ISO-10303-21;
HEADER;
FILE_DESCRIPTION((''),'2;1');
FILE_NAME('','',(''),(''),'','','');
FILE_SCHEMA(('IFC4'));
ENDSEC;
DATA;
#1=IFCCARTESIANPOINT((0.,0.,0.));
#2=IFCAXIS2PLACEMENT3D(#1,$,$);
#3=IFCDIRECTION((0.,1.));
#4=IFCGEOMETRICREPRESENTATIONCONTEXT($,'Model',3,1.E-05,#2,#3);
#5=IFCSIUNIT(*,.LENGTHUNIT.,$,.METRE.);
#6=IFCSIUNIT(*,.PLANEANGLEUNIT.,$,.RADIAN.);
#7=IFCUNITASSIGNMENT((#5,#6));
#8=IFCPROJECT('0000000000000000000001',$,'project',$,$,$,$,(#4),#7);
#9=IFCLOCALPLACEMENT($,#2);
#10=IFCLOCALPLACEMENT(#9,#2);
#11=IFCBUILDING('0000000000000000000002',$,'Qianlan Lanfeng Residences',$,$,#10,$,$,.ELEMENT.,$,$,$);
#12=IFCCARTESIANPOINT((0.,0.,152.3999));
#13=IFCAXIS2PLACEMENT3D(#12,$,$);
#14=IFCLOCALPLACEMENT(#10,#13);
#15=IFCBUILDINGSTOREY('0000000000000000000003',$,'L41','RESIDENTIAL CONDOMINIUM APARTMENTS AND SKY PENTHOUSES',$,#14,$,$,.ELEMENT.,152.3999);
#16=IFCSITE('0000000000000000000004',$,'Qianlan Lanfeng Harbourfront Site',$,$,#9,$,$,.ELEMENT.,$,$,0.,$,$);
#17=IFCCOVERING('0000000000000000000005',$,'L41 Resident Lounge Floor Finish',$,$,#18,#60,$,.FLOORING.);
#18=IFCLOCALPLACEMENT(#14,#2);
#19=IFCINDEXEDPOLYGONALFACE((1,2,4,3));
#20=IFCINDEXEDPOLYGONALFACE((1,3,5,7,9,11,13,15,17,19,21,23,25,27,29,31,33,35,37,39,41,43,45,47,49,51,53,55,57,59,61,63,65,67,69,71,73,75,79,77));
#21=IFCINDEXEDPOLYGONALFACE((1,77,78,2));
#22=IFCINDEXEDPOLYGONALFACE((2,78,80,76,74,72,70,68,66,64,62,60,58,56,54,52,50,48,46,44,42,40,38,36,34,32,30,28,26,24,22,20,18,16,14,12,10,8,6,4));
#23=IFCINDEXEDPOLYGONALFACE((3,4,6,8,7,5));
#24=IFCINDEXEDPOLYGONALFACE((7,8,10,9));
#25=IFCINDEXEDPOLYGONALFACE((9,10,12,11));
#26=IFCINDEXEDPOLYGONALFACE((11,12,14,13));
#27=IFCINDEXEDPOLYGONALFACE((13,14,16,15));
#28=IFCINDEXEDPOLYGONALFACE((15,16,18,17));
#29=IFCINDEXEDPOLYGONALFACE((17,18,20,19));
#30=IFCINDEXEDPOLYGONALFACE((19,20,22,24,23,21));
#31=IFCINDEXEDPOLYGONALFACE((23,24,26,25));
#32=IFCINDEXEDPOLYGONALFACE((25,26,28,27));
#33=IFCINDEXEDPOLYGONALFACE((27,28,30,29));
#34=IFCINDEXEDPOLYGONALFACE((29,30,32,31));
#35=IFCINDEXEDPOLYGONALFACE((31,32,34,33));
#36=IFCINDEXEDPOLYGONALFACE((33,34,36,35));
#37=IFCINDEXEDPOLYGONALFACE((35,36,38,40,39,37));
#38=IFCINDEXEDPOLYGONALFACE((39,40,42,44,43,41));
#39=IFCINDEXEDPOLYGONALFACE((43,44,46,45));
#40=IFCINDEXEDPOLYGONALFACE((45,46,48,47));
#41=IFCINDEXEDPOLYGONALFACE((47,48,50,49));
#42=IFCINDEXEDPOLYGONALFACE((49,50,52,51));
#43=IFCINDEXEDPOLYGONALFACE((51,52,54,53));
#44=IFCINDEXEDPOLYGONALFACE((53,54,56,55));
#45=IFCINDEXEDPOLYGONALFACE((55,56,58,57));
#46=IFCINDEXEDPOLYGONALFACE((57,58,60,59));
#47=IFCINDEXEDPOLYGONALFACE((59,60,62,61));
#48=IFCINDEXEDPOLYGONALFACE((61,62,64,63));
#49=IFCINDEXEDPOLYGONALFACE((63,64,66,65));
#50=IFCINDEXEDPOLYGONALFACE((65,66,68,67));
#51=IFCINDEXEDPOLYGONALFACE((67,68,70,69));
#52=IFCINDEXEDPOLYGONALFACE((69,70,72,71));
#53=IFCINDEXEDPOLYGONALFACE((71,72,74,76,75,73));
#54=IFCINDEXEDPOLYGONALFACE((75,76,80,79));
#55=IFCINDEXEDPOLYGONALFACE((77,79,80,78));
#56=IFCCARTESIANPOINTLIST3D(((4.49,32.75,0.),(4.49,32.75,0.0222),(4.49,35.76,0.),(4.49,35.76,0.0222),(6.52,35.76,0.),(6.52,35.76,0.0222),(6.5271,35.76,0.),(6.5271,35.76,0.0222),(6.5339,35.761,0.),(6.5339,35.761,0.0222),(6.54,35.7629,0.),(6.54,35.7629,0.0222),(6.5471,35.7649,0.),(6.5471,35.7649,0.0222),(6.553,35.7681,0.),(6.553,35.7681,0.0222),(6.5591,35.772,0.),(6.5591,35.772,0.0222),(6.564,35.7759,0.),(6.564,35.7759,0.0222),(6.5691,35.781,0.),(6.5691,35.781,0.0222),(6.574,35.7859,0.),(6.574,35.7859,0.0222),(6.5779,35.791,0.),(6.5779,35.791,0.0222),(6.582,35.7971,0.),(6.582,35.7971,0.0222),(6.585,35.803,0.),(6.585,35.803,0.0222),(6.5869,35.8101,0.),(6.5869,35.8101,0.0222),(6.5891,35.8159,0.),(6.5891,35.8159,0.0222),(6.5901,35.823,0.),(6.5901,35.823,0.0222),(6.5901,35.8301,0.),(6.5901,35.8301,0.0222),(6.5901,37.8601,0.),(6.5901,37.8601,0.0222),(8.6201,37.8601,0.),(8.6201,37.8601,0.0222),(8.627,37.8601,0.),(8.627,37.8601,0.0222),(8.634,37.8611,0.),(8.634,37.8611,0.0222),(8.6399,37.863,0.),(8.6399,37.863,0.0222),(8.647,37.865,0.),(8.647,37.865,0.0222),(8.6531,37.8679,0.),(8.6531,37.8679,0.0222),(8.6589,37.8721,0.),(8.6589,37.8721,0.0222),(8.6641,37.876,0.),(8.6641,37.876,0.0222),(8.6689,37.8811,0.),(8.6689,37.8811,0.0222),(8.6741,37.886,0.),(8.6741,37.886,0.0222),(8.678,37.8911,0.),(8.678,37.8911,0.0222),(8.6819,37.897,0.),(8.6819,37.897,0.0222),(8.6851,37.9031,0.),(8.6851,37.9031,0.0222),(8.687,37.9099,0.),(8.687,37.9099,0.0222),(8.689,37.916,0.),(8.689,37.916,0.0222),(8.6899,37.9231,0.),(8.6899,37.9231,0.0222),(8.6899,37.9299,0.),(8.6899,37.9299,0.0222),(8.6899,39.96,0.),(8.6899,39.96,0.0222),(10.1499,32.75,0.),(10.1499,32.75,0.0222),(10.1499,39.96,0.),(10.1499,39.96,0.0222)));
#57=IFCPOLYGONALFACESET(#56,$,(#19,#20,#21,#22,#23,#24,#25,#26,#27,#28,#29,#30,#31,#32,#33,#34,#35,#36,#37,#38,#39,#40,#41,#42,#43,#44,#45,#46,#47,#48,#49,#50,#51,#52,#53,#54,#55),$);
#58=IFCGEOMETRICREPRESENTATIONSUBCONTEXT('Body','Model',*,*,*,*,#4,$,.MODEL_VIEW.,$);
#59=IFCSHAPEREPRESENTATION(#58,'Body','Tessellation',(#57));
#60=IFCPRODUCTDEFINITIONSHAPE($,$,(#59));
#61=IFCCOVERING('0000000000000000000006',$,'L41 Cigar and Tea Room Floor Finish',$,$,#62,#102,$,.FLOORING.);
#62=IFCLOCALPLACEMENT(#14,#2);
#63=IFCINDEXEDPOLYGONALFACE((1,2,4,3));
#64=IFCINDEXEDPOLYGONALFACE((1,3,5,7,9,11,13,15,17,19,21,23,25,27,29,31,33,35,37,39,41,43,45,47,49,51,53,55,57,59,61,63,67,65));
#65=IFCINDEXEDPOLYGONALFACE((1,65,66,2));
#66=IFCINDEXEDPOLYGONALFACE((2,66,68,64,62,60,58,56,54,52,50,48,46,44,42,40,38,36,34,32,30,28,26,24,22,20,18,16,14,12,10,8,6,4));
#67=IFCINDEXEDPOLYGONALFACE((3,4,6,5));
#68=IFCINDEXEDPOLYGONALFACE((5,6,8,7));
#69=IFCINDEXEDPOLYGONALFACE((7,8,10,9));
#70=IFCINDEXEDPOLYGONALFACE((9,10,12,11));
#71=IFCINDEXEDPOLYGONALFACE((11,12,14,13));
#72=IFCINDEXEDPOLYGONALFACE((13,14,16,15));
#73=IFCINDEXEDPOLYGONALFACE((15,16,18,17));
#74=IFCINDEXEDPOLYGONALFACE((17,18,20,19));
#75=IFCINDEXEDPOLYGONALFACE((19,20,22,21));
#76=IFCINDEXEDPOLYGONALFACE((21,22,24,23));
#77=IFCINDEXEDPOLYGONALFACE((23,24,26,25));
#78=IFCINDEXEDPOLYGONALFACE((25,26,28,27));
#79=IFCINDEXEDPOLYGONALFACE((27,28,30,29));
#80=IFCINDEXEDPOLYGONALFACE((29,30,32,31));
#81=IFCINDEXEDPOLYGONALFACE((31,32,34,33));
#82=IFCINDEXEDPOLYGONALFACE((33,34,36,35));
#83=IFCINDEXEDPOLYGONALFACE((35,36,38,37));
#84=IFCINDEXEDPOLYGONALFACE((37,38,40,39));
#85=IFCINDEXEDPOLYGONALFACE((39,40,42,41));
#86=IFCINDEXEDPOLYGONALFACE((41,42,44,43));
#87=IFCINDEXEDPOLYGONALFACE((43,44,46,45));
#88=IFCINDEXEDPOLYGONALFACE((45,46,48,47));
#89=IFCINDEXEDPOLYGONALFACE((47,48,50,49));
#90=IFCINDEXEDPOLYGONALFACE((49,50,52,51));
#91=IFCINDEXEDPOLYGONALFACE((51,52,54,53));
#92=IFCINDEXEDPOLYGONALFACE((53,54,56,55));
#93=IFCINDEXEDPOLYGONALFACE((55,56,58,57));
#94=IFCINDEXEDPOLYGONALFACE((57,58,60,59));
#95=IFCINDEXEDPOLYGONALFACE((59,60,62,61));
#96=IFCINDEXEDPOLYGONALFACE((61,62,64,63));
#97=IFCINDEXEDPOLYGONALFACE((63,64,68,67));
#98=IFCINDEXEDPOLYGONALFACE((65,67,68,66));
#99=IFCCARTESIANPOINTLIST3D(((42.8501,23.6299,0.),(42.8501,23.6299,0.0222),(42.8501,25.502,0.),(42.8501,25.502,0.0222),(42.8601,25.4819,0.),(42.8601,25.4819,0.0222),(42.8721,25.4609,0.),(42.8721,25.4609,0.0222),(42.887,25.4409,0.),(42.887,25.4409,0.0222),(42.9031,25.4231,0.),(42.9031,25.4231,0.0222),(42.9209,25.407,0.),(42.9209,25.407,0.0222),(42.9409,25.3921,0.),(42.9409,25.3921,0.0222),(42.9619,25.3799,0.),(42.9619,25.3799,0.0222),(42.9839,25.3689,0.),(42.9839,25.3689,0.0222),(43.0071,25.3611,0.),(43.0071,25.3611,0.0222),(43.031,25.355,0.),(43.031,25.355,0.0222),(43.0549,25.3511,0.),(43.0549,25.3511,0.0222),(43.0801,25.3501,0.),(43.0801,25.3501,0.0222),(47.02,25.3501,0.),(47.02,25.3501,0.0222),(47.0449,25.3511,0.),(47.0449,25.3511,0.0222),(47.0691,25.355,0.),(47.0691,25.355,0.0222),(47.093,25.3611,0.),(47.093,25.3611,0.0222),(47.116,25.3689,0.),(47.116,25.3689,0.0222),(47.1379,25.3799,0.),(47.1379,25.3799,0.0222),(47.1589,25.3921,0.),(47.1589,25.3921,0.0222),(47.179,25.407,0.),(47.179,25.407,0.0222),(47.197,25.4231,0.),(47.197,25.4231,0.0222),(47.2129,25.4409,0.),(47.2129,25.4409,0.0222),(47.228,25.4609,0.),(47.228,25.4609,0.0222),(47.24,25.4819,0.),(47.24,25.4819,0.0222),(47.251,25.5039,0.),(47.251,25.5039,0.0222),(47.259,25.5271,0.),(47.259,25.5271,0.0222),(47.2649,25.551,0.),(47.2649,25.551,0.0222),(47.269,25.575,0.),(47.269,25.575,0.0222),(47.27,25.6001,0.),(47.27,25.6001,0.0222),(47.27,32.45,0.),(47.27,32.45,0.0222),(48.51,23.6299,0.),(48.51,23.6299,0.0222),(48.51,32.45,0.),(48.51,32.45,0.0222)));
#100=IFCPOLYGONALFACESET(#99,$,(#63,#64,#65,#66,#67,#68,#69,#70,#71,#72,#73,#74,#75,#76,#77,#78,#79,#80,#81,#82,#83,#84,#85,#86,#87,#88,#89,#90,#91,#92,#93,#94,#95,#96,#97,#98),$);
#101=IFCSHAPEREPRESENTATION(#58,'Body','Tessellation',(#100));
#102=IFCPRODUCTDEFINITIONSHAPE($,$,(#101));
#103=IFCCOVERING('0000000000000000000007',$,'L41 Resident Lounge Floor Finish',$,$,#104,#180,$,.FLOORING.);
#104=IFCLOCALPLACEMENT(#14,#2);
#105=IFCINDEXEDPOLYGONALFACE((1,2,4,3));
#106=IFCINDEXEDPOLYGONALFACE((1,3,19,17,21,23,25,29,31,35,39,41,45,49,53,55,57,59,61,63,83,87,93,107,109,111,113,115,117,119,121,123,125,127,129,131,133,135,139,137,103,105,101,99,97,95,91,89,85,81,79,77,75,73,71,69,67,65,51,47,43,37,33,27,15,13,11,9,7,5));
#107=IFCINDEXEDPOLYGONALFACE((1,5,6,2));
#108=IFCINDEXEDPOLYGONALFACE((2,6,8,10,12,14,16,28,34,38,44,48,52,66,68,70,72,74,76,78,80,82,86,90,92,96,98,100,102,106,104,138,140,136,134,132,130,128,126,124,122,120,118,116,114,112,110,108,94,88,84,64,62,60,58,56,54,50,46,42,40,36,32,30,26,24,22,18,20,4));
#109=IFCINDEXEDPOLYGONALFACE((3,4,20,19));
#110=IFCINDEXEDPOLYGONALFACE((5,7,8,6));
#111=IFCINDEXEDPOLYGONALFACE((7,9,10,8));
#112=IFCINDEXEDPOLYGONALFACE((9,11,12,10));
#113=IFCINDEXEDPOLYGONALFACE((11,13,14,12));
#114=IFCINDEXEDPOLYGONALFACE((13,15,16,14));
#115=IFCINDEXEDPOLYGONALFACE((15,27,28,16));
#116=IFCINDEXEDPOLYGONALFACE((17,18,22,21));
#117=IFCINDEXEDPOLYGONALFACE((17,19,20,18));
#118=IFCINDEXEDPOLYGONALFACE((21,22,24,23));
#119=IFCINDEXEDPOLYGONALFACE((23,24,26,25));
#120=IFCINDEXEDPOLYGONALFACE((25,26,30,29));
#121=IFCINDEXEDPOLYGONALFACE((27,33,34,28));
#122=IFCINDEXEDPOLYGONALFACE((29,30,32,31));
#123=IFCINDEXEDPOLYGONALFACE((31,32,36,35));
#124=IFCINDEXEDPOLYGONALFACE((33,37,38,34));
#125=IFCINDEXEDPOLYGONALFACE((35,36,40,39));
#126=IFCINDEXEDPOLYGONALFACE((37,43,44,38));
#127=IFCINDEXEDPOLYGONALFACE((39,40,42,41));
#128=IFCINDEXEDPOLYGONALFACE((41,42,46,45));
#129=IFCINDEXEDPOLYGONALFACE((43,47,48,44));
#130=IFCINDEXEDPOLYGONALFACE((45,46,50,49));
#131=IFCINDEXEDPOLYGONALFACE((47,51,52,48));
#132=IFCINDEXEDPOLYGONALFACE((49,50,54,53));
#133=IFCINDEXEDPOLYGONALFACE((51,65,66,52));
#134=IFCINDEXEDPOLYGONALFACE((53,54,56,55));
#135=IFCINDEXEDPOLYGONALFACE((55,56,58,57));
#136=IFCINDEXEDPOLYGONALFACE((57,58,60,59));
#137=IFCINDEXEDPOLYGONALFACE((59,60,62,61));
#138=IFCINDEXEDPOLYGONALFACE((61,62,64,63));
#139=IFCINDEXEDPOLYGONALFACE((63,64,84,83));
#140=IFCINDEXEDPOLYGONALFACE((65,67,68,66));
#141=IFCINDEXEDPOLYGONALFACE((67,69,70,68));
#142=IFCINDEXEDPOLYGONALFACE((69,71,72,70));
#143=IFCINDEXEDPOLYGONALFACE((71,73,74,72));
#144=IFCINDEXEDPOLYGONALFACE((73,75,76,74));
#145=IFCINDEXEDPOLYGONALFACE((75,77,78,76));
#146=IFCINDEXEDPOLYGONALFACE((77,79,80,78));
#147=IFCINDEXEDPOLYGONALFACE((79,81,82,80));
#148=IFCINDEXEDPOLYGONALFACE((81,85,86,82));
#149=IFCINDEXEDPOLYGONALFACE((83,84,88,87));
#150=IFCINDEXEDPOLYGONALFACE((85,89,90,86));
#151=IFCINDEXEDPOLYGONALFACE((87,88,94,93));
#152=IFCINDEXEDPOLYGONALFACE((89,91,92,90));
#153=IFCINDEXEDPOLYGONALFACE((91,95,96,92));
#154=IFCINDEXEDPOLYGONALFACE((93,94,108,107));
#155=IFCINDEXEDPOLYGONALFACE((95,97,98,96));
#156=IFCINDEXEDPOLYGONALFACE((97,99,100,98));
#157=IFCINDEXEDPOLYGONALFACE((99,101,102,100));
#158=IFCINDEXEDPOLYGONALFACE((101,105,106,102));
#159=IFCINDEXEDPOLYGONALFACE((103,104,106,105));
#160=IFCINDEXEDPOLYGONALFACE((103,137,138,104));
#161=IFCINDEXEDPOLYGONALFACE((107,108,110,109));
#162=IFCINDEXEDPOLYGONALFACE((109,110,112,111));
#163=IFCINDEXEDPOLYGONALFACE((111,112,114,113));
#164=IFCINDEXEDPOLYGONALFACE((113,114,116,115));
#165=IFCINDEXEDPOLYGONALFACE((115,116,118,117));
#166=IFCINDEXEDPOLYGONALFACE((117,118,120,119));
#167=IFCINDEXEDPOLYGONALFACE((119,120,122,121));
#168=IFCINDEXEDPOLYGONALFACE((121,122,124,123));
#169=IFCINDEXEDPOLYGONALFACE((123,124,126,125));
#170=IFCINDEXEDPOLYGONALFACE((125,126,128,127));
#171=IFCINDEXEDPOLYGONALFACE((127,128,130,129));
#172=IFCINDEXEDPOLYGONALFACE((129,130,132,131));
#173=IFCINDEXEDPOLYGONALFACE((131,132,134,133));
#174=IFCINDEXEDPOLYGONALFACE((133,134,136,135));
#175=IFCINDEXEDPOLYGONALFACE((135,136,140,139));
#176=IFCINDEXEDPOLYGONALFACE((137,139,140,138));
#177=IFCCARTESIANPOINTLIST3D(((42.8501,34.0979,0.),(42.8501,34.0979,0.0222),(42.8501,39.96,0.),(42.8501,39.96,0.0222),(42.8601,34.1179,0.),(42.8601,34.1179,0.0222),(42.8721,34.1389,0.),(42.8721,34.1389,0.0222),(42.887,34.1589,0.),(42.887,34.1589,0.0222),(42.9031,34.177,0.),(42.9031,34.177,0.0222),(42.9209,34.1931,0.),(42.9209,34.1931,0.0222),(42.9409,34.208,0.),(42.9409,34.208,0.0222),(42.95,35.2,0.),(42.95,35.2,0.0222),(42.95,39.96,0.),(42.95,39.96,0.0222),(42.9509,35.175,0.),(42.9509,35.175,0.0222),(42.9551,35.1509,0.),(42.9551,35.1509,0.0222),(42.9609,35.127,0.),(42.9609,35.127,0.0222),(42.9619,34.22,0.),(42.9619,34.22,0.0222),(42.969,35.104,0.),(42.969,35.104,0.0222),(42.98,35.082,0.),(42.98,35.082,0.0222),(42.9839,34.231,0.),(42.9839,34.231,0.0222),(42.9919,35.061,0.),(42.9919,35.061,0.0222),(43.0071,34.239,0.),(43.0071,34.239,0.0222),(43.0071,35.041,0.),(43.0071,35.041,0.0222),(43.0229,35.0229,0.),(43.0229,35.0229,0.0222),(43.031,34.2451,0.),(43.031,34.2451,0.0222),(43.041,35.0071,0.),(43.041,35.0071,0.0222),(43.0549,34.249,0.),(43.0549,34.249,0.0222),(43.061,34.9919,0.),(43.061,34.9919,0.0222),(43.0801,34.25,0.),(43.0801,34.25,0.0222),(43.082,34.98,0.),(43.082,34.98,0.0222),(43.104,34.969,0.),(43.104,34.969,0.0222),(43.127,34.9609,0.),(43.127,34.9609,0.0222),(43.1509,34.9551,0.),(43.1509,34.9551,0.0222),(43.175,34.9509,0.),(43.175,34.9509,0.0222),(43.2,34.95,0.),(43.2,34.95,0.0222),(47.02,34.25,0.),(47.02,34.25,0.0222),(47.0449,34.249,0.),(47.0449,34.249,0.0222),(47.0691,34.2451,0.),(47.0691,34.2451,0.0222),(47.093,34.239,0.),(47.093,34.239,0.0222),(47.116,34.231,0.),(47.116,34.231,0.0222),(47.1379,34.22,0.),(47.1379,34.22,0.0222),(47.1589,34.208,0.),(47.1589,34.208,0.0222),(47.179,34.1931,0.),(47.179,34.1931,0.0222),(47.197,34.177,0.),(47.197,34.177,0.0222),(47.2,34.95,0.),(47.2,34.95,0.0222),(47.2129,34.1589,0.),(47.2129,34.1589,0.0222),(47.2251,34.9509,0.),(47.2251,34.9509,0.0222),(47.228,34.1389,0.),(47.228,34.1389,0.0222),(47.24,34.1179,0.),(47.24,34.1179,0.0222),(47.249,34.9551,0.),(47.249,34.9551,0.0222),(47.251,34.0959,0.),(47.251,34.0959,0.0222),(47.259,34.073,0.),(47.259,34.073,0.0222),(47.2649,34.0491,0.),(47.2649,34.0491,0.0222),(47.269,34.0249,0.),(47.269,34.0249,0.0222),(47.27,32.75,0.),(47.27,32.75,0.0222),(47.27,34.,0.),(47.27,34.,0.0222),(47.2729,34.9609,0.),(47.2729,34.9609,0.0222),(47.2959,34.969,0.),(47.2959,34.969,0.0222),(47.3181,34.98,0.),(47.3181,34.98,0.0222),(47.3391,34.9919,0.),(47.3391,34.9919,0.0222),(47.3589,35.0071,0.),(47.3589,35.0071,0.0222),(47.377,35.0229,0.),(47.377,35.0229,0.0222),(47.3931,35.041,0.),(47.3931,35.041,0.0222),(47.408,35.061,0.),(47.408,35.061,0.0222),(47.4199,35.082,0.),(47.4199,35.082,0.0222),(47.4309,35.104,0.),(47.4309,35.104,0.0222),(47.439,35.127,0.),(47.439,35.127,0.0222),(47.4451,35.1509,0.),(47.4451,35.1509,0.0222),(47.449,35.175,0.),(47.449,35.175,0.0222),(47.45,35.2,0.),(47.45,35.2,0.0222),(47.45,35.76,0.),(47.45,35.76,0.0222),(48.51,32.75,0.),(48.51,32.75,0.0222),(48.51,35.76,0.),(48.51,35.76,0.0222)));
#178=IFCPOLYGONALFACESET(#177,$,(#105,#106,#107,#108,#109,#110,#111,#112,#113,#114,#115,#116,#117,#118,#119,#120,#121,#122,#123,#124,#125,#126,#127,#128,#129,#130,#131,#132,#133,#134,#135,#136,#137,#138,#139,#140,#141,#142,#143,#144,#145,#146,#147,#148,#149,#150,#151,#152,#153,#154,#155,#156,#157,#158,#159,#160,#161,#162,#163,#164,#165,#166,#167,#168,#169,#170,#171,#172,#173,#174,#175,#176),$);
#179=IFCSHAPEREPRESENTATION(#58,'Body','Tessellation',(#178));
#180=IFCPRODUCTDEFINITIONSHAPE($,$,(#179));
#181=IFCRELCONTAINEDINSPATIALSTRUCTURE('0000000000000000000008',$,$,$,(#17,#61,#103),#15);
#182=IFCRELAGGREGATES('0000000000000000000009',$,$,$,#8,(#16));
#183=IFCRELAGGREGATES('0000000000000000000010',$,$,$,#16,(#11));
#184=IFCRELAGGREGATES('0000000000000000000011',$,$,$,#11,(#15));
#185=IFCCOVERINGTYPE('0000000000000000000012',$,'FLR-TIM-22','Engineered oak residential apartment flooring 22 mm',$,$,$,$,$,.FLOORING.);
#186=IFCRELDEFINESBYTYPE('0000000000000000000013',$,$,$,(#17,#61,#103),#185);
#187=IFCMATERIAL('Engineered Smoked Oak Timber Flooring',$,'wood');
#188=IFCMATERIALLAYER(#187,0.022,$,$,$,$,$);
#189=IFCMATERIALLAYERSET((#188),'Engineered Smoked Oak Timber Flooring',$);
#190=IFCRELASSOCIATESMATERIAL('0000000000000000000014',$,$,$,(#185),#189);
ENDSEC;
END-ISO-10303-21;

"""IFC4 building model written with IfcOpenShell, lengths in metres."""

from ifc_helpers import new_model, si_unit, direction, frame, origin, place, context, subcontext, project, spatial, polyline, outline, extrude, material, layer, layer_set, type_object, element, save


model = new_model("IFC4")

# Units and contexts
model_context = context("Model", 3, precision=1e-05, world=origin(), true_north=direction((0.0, 1.0)))
body_context = subcontext(model_context, "Body", "Model", "MODEL_VIEW")
ifc_project = project(units=[si_unit("LENGTHUNIT", "METRE"), si_unit("PLANEANGLEUNIT", "RADIAN")], contexts=[model_context])

# Site, building, storey
site_placement = place(None, origin())
site = spatial("IfcSite", under=ifc_project, at=site_placement, Name="Qianlan Lanfeng Harbourfront Site", CompositionType="ELEMENT", RefElevation=0.0)
building_placement = place(site_placement, origin())
building = spatial("IfcBuilding", under=site, at=building_placement, Name="Qianlan Lanfeng Residences", CompositionType="ELEMENT")
storey_placement = place(building_placement, frame((0.0, 0.0, 152.3999)))
storey = spatial("IfcBuildingStorey", under=building, at=storey_placement, Name="L41", Description="RESIDENTIAL CONDOMINIUM APARTMENTS AND SKY PENTHOUSES", CompositionType="ELEMENT", Elevation=152.3999)

# Coverings
ifc_material_1 = material(Name="Engineered Smoked Oak Timber Flooring", Category="wood")
ifc_layer_1 = layer(ifc_material_1, 0.022)
ifc_layer_set_1 = layer_set([ifc_layer_1], Name="Engineered Smoked Oak Timber Flooring")
covering_type_1 = type_object("IfcCoveringType", Name="FLR-TIM-22", Description="Engineered oak residential apartment flooring 22 mm", PredefinedType="FLOORING", material=ifc_layer_set_1)
covering_1_placement = place(storey_placement, origin())
element("IfcCovering", 1, at=covering_1_placement, inside=storey, type_object=covering_type_1, Name="L41 Resident Lounge Floor Finish", PredefinedType="FLOORING", context=body_context, shape_type="SweptSolid", body=[
    extrude(outline(polyline([(4.49, 32.75), (10.1499, 32.75), (10.1499, 39.96), (8.6899, 39.96), (8.6899, 37.9299), (8.6899, 37.9231), (8.689, 37.916), (8.687, 37.9099), (8.6851, 37.9031), (8.6819, 37.897), (8.678, 37.8911), (8.6741, 37.886), (8.6689, 37.8811), (8.6641, 37.876), (8.6589, 37.8721), (8.6531, 37.8679), (8.647, 37.865), (8.6399, 37.863), (8.634, 37.8611), (8.627, 37.8601), (8.6201, 37.8601), (6.5901, 37.8601), (6.5901, 35.8301), (6.5901, 35.823), (6.5891, 35.8159), (6.5869, 35.8101), (6.585, 35.803), (6.582, 35.7971), (6.5779, 35.791), (6.574, 35.7859), (6.5691, 35.781), (6.564, 35.7759), (6.5591, 35.772), (6.553, 35.7681), (6.5471, 35.7649), (6.54, 35.7629), (6.5339, 35.761), (6.5271, 35.76), (6.52, 35.76), (4.49, 35.76), (4.49, 32.75)])), origin(), (0.0, 0.0, 1.0), 0.0222),
])
covering_2_placement = place(storey_placement, origin())
element("IfcCovering", 2, at=covering_2_placement, inside=storey, type_object=covering_type_1, Name="L41 Cigar and Tea Room Floor Finish", PredefinedType="FLOORING", context=body_context, shape_type="SweptSolid", body=[
    extrude(outline(polyline([(48.51, 32.45), (47.27, 32.45), (47.27, 25.6001), (47.269, 25.575), (47.2649, 25.551), (47.259, 25.5271), (47.251, 25.5039), (47.24, 25.4819), (47.228, 25.4609), (47.2129, 25.4409), (47.197, 25.4231), (47.179, 25.407), (47.1589, 25.3921), (47.1379, 25.3799), (47.116, 25.3689), (47.093, 25.3611), (47.0691, 25.355), (47.0449, 25.3511), (47.02, 25.3501), (43.0801, 25.3501), (43.0549, 25.3511), (43.031, 25.355), (43.0071, 25.3611), (42.9839, 25.3689), (42.9619, 25.3799), (42.9409, 25.3921), (42.9209, 25.407), (42.9031, 25.4231), (42.887, 25.4409), (42.8721, 25.4609), (42.8601, 25.4819), (42.8501, 25.502), (42.8501, 23.6299), (48.51, 23.6299), (48.51, 32.45)])), origin(), (0.0, 0.0, 1.0), 0.0222),
])
covering_3_placement = place(storey_placement, origin())
element("IfcCovering", 3, at=covering_3_placement, inside=storey, type_object=covering_type_1, Name="L41 Resident Lounge Floor Finish", PredefinedType="FLOORING", context=body_context, shape_type="SweptSolid", body=[
    extrude(outline(polyline([(42.8501, 34.0979), (42.8601, 34.1179), (42.8721, 34.1389), (42.887, 34.1589), (42.9031, 34.177), (42.9209, 34.1931), (42.9409, 34.208), (42.9619, 34.22), (42.9839, 34.231), (43.0071, 34.239), (43.031, 34.2451), (43.0549, 34.249), (43.0801, 34.25), (47.02, 34.25), (47.0449, 34.249), (47.0691, 34.2451), (47.093, 34.239), (47.116, 34.231), (47.1379, 34.22), (47.1589, 34.208), (47.179, 34.1931), (47.197, 34.177), (47.2129, 34.1589), (47.228, 34.1389), (47.24, 34.1179), (47.251, 34.0959), (47.259, 34.073), (47.2649, 34.0491), (47.269, 34.0249), (47.27, 34.0), (47.27, 32.75), (48.51, 32.75), (48.51, 35.76), (47.45, 35.76), (47.45, 35.2), (47.449, 35.175), (47.4451, 35.1509), (47.439, 35.127), (47.4309, 35.104), (47.4199, 35.082), (47.408, 35.061), (47.3931, 35.041), (47.377, 35.0229), (47.3589, 35.0071), (47.3391, 34.9919), (47.3181, 34.98), (47.2959, 34.969), (47.2729, 34.9609), (47.249, 34.9551), (47.2251, 34.9509), (47.2, 34.95), (43.2, 34.95), (43.175, 34.9509), (43.1509, 34.9551), (43.127, 34.9609), (43.104, 34.969), (43.082, 34.98), (43.061, 34.9919), (43.041, 35.0071), (43.0229, 35.0229), (43.0071, 35.041), (42.9919, 35.061), (42.98, 35.082), (42.969, 35.104), (42.9609, 35.127), (42.9551, 35.1509), (42.9509, 35.175), (42.95, 35.2), (42.95, 39.96), (42.8501, 39.96), (42.8501, 34.0979)])), origin(), (0.0, 0.0, 1.0), 0.0222),
])

save(model, "model.ifc")
